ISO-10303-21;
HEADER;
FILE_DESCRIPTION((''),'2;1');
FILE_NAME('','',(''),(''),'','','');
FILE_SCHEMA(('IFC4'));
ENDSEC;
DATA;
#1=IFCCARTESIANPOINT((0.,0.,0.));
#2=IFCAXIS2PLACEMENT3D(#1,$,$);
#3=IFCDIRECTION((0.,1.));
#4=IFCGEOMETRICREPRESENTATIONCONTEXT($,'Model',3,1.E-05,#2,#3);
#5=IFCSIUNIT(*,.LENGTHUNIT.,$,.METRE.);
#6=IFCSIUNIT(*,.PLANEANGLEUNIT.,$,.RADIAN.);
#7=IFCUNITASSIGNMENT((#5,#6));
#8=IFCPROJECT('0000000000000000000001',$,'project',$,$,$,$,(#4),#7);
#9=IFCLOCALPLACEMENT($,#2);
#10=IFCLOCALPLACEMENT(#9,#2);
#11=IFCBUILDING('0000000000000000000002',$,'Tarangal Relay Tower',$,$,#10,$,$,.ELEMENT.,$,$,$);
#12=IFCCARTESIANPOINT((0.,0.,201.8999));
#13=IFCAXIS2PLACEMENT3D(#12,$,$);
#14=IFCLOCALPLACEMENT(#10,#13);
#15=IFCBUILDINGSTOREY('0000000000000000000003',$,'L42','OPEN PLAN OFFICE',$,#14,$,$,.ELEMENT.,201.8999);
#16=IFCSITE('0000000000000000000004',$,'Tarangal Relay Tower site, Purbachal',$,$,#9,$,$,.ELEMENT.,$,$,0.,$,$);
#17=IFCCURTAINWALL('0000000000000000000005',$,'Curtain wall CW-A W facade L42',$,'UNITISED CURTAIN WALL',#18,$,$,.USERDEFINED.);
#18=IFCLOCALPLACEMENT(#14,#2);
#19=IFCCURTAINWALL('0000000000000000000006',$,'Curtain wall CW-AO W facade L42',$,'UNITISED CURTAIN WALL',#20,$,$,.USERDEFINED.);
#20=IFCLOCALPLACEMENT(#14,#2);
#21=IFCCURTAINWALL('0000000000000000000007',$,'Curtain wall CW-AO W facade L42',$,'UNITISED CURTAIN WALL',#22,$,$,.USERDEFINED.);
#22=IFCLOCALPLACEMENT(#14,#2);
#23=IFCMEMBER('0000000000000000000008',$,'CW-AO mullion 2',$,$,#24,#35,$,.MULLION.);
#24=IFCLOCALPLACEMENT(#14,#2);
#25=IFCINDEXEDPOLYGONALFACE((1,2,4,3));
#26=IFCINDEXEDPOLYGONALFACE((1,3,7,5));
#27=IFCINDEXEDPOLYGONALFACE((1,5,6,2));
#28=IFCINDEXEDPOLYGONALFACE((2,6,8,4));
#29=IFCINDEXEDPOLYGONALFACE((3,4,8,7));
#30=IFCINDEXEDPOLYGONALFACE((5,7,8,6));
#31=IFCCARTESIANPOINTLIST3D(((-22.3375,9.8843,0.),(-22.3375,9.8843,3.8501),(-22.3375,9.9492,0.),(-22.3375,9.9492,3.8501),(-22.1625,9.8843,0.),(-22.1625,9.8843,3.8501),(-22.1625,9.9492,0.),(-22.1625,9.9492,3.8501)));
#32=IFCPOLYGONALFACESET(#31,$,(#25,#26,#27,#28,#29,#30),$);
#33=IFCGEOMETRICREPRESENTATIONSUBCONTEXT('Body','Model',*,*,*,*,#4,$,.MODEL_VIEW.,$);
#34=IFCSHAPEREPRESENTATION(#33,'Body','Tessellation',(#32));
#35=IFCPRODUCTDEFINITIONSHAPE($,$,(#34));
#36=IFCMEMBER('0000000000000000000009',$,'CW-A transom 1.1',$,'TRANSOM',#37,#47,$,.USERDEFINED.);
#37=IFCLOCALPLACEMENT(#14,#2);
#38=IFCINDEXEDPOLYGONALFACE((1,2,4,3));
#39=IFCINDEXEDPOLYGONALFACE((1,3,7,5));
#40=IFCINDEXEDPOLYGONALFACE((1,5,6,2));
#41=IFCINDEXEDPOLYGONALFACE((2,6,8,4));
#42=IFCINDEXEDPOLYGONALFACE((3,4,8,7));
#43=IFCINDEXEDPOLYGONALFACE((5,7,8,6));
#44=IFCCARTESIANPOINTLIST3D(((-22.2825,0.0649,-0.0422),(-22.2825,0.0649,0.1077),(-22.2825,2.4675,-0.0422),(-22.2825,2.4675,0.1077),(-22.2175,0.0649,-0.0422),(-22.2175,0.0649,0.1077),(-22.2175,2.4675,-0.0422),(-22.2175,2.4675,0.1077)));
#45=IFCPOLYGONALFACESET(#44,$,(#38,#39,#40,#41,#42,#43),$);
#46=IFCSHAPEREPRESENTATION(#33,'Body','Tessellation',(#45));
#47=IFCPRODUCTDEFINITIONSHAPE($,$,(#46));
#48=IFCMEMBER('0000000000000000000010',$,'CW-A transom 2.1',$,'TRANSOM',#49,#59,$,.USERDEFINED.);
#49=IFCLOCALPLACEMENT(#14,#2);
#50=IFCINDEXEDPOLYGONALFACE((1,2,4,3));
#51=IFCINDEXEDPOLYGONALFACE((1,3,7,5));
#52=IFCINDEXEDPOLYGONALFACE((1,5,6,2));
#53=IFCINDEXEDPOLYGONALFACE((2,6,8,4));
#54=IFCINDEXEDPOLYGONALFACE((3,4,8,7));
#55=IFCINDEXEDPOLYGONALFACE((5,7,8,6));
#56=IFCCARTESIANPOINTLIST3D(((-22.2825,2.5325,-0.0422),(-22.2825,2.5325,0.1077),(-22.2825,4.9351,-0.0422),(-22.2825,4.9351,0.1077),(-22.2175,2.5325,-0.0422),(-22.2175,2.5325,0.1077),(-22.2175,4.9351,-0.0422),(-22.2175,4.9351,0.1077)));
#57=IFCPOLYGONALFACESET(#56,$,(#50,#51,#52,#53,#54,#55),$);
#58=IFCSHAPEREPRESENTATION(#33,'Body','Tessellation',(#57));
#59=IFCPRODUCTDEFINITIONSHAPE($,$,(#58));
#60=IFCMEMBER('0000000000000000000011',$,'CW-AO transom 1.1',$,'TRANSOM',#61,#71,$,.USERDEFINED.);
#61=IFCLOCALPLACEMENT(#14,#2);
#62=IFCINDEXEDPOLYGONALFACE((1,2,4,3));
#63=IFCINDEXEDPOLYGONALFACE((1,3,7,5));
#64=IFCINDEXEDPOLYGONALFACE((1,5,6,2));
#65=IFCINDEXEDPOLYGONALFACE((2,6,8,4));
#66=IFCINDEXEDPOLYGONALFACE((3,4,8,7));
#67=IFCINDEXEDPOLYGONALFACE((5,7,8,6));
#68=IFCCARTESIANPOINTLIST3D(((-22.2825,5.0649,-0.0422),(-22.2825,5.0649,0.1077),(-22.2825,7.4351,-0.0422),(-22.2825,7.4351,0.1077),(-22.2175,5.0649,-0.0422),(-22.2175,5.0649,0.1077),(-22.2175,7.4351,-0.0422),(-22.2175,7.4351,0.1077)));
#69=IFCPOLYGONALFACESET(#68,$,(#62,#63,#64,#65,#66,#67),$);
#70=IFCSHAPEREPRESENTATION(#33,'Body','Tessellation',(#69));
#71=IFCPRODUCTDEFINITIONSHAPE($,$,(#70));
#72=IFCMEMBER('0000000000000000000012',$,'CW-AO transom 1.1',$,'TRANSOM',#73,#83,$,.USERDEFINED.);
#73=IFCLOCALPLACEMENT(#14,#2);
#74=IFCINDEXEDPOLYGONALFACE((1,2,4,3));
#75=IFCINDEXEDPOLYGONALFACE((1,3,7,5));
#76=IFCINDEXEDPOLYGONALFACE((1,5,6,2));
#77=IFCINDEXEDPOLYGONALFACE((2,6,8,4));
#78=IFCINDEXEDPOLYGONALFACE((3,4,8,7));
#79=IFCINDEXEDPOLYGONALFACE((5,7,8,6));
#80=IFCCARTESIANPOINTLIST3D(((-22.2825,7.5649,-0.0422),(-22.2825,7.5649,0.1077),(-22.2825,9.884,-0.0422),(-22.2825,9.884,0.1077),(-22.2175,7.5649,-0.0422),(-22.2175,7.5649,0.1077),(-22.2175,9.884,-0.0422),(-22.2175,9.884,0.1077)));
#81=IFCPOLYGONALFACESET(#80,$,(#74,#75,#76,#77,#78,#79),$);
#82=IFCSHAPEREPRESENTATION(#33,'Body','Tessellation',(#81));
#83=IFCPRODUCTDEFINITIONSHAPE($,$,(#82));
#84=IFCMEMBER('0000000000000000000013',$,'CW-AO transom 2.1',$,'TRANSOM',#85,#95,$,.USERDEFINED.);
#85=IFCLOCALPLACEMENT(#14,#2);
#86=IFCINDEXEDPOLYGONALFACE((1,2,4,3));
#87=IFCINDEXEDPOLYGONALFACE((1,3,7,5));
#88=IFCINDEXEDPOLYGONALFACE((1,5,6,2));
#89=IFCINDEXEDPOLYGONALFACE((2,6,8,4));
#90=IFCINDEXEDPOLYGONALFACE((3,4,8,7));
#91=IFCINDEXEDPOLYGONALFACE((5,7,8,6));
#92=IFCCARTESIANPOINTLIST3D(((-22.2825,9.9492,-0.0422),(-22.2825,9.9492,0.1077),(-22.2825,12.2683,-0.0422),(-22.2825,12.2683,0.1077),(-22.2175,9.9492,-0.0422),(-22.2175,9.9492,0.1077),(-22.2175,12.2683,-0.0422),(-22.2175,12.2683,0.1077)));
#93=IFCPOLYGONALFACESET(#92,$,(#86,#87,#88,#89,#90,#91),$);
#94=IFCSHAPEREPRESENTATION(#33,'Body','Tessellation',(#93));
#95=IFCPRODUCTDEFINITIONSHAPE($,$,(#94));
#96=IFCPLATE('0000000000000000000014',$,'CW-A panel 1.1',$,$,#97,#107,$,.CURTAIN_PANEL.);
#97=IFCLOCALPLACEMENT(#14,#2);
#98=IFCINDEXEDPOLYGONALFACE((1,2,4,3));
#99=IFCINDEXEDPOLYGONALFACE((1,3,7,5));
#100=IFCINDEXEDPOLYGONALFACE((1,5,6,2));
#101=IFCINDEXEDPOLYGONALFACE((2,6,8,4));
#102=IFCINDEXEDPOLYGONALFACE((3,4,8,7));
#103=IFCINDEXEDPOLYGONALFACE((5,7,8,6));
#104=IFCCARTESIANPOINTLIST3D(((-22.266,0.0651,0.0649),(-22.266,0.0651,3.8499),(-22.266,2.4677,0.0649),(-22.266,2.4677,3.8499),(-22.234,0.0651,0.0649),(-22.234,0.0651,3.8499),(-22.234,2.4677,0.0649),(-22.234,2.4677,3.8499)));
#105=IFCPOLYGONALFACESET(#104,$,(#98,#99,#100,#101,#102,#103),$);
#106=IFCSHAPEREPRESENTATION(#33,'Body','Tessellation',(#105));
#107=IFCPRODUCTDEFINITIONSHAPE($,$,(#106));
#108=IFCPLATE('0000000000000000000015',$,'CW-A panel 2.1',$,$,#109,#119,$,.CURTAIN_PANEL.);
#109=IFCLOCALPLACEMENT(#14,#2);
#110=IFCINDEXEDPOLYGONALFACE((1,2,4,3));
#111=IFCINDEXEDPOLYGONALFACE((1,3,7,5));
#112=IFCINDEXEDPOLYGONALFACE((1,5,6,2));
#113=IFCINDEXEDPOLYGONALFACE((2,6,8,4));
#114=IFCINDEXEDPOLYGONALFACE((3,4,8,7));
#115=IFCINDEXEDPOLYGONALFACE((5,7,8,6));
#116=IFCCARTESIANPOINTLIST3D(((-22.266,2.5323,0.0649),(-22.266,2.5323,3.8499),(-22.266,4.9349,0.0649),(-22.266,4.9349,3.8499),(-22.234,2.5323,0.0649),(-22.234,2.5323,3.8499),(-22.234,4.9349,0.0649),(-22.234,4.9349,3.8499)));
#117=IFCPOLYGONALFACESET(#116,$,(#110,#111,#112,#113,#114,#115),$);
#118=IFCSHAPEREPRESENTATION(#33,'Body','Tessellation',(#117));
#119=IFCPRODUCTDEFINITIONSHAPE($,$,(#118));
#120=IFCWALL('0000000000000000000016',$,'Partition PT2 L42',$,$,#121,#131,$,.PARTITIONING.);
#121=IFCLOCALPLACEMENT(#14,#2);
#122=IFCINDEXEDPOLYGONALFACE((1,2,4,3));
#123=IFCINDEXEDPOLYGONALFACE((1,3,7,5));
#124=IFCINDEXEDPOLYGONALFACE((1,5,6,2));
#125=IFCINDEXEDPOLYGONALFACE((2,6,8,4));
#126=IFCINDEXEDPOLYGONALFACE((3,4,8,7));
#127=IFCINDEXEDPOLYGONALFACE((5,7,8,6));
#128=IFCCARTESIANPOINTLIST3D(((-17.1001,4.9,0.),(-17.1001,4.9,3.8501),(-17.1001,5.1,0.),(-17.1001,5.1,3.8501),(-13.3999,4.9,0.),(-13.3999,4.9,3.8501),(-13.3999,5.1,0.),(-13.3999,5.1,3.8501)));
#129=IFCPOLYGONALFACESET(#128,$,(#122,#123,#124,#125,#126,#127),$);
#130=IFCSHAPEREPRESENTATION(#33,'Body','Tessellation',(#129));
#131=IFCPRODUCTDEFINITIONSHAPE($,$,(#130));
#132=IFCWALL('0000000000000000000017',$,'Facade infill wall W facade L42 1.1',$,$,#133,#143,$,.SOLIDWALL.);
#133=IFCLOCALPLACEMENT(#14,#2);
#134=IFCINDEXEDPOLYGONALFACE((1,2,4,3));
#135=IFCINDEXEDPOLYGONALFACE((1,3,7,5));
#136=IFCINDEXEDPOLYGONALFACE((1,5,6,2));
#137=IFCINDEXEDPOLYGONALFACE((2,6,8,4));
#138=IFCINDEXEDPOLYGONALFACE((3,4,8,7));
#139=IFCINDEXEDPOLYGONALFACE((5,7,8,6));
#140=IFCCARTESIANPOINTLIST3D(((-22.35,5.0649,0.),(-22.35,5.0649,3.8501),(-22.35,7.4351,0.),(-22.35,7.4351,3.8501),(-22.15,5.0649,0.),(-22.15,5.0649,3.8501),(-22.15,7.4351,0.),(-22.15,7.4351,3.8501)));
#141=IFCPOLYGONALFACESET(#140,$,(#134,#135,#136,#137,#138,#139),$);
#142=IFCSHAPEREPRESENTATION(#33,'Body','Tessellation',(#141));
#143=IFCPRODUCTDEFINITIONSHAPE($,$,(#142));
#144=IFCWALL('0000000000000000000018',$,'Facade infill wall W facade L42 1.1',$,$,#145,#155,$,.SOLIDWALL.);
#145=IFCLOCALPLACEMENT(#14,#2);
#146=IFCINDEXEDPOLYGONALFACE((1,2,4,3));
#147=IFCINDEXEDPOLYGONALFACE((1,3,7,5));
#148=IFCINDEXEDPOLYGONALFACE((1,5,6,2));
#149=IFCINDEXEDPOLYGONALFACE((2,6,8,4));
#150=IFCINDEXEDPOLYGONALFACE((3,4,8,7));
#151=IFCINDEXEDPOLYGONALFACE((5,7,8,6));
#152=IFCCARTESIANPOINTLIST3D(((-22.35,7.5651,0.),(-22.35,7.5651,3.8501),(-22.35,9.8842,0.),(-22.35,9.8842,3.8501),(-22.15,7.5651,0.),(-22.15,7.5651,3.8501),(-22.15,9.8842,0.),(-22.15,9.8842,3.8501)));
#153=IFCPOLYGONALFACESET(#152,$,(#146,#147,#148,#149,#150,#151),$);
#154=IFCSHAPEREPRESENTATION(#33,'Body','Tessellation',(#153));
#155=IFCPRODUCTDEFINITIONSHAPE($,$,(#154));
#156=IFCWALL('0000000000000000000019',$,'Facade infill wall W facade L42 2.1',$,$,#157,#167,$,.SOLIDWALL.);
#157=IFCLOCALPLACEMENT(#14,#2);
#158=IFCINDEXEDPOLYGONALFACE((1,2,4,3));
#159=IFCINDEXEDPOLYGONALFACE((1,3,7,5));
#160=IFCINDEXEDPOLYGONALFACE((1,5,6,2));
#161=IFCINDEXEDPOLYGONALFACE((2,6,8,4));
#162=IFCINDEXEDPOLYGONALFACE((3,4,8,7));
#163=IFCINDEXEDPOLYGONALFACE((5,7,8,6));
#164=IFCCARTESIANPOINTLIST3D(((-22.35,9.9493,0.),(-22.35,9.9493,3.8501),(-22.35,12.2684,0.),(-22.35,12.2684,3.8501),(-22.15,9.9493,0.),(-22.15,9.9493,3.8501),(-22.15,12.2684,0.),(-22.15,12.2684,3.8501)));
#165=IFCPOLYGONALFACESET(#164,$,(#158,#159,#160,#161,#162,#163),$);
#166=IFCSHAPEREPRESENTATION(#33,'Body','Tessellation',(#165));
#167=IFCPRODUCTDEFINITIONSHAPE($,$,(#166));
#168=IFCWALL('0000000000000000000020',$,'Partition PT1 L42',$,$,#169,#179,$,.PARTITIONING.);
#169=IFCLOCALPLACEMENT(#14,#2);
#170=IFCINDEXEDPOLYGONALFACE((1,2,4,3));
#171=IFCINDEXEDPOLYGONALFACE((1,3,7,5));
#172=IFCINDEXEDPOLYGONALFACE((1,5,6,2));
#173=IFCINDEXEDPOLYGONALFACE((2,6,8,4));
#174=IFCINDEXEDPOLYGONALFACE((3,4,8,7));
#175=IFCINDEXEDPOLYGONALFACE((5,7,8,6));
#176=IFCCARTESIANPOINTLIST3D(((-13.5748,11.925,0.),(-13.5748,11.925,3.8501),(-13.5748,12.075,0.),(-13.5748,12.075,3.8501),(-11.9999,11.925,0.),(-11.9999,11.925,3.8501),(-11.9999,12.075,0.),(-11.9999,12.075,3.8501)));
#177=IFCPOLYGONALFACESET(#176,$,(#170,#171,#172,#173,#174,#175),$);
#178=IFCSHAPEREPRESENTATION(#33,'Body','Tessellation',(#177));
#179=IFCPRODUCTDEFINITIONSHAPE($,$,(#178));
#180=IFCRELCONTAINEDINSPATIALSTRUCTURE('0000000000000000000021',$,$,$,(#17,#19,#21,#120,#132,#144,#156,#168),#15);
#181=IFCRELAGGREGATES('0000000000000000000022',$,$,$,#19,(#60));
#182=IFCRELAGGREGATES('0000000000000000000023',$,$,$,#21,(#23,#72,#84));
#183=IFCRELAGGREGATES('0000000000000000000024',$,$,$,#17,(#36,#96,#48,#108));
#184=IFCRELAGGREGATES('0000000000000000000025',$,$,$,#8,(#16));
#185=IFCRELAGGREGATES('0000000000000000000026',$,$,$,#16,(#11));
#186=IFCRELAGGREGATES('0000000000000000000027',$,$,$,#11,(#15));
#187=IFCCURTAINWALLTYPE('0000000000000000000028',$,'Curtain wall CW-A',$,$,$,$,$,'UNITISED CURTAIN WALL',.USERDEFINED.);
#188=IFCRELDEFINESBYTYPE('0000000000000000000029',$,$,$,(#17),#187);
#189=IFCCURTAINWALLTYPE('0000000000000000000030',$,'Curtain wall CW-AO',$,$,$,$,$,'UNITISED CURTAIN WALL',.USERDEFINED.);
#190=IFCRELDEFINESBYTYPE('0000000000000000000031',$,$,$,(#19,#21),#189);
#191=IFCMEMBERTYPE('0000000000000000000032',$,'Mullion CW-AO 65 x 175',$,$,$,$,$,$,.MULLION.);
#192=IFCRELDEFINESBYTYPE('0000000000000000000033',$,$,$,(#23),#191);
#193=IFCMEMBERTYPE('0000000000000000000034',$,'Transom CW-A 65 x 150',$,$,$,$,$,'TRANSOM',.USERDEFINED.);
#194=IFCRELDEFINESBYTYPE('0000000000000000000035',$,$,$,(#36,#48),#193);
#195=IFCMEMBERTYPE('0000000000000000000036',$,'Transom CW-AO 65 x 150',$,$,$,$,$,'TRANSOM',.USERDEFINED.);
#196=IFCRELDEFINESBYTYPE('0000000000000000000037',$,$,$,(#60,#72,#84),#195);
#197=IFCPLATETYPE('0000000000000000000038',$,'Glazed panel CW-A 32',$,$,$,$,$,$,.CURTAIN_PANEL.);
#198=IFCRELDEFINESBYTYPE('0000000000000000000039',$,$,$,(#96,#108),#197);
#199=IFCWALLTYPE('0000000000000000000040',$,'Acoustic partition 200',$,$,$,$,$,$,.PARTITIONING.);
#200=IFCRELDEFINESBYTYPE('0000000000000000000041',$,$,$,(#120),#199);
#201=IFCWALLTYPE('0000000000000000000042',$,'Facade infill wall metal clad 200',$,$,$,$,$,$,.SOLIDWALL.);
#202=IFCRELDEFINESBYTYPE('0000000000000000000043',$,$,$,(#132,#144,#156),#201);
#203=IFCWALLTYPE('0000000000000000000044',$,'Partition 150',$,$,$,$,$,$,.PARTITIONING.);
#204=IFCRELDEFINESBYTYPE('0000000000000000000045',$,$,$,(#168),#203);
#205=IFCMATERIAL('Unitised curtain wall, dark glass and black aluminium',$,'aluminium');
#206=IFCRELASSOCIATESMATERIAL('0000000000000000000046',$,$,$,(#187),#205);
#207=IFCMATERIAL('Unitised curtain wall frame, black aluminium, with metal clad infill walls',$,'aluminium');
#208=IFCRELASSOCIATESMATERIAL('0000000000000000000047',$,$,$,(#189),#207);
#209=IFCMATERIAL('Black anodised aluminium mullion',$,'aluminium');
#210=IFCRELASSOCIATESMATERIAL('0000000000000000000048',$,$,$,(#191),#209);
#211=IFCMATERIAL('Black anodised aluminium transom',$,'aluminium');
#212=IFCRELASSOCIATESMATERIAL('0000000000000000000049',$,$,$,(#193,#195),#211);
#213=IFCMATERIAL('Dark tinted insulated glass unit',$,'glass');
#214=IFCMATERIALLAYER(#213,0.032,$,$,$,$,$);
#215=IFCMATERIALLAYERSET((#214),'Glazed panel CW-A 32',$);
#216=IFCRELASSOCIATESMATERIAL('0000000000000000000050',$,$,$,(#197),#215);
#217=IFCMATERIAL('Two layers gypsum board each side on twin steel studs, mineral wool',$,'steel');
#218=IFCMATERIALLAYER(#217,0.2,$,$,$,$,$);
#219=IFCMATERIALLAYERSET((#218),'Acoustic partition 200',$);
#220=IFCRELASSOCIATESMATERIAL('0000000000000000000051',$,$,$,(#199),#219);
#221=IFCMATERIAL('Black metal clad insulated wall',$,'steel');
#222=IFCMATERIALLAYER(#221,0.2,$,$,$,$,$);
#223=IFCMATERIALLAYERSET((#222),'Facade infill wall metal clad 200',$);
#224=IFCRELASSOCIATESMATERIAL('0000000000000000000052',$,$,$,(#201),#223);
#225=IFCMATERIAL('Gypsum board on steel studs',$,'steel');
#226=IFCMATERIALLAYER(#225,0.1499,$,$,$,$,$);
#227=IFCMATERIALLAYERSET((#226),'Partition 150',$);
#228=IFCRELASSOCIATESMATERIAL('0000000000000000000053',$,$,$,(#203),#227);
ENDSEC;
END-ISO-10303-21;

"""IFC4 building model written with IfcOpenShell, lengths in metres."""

from ifc_helpers import new_model, si_unit, direction, frame, frame_2d, origin, origin_2d, place, context, subcontext, project, spatial, rectangle, extrude, material, layer, layer_set, material_profile, profile_set, type_object, element, aggregate, save


model = new_model("IFC4")

# Units and contexts
model_context = context("Model", 3, precision=1e-05, world=origin(), true_north=direction((0.0, 1.0)))
body_context = subcontext(model_context, "Body", "Model", "MODEL_VIEW")
ifc_project = project(units=[si_unit("LENGTHUNIT", "METRE"), si_unit("PLANEANGLEUNIT", "RADIAN")], contexts=[model_context])

# Site, building, storey
site_placement = place(None, origin())
site = spatial("IfcSite", under=ifc_project, at=site_placement, Name="Tarangal Relay Tower site, Purbachal", CompositionType="ELEMENT", RefElevation=0.0)
building_placement = place(site_placement, origin())
building = spatial("IfcBuilding", under=site, at=building_placement, Name="Tarangal Relay Tower", CompositionType="ELEMENT")
storey_placement = place(building_placement, frame((0.0, 0.0, 201.8999)))
storey = spatial("IfcBuildingStorey", under=building, at=storey_placement, Name="L42", Description="OPEN PLAN OFFICE", CompositionType="ELEMENT", Elevation=201.8999)

# Curtain walls, member
ifc_material_1 = material(Name="Unitised curtain wall, dark glass and black aluminium", Category="aluminium")
curtain_wall_type_1 = type_object("IfcCurtainWallType", Name="Curtain wall CW-A", ElementType="UNITISED CURTAIN WALL", PredefinedType="USERDEFINED", material=ifc_material_1)
curtain_wall_1_placement = place(storey_placement, origin())
curtain_wall_1 = element("IfcCurtainWall", 1, at=curtain_wall_1_placement, inside=storey, type_object=curtain_wall_type_1, Name="Curtain wall CW-A W facade L42", ObjectType="UNITISED CURTAIN WALL", PredefinedType="USERDEFINED")
ifc_material_2 = material(Name="Black anodised aluminium mullion", Category="aluminium")
ifc_material_3 = material(Name="Unitised curtain wall frame, black aluminium, with metal clad infill walls", Category="aluminium")
curtain_wall_type_2 = type_object("IfcCurtainWallType", Name="Curtain wall CW-AO", ElementType="UNITISED CURTAIN WALL", PredefinedType="USERDEFINED", material=ifc_material_3)
curtain_wall_2_placement = place(storey_placement, origin())
curtain_wall_2 = element("IfcCurtainWall", 2, at=curtain_wall_2_placement, inside=storey, type_object=curtain_wall_type_2, Name="Curtain wall CW-AO W facade L42", ObjectType="UNITISED CURTAIN WALL", PredefinedType="USERDEFINED")
ifc_material_profile_1 = material_profile(ifc_material_2, rectangle(XDim=0.175, YDim=0.0649, at=origin_2d()), Name="CW-AOM 65X175")
ifc_profile_set_1 = profile_set([ifc_material_profile_1], Name="Black anodised aluminium mullion")
member_type_1 = type_object("IfcMemberType", Name="Mullion CW-AO 65 x 175", PredefinedType="MULLION", material=ifc_profile_set_1)
curtain_wall_3_placement = place(storey_placement, origin())
curtain_wall_3 = element("IfcCurtainWall", 3, at=curtain_wall_3_placement, inside=storey, type_object=curtain_wall_type_2, Name="Curtain wall CW-AO W facade L42", ObjectType="UNITISED CURTAIN WALL", PredefinedType="USERDEFINED")
member_1_placement = place(storey_placement, frame((-22.25, 9.9167, 0.0), z_axis=(0.0, 0.0, 1.0), x_axis=(-1.0, 0.0, 0.0)))
member_1 = element("IfcMember", 4, at=member_1_placement, type_object=member_type_1, Name="CW-AO mullion 2", PredefinedType="MULLION", context=body_context, shape_type="SweptSolid", body=[
    extrude(rectangle(XDim=0.175, YDim=0.0649, at=origin_2d()), origin(), (0.0, 0.0, 1.0), 3.8501),
])

# Members
ifc_material_4 = material(Name="Black anodised aluminium transom", Category="aluminium")
ifc_material_profile_2 = material_profile(ifc_material_4, rectangle(XDim=0.0649, YDim=0.1499, at=origin_2d()), Name="CW-AT 65X150")
ifc_profile_set_2 = profile_set([ifc_material_profile_2], Name="Black anodised aluminium transom")
member_type_2 = type_object("IfcMemberType", Name="Transom CW-A 65 x 150", ElementType="TRANSOM", PredefinedType="USERDEFINED", material=ifc_profile_set_2)
member_2_placement = place(storey_placement, frame((-22.25, 0.0649, 0.0327), z_axis=(0.0, 1.0, 0.0), x_axis=(-1.0, 0.0, 0.0)))
member_2 = element("IfcMember", 5, at=member_2_placement, type_object=member_type_2, Name="CW-A transom 1.1", ObjectType="TRANSOM", PredefinedType="USERDEFINED", context=body_context, shape_type="SweptSolid", body=[
    extrude(rectangle(XDim=0.0649, YDim=0.1499, at=origin_2d()), origin(), (0.0, 0.0, 1.0), 2.4026),
])
member_3_placement = place(storey_placement, frame((-22.25, 2.5325, 0.0327), z_axis=(0.0, 1.0, 0.0), x_axis=(-1.0, 0.0, 0.0)))
member_3 = element("IfcMember", 6, at=member_3_placement, type_object=member_type_2, Name="CW-A transom 2.1", ObjectType="TRANSOM", PredefinedType="USERDEFINED", context=body_context, shape_type="SweptSolid", body=[
    extrude(rectangle(XDim=0.0649, YDim=0.1499, at=origin_2d()), origin(), (0.0, 0.0, 1.0), 2.4026),
])
ifc_material_profile_3 = material_profile(ifc_material_4, rectangle(XDim=0.0649, YDim=0.1499, at=origin_2d()), Name="CW-AOT 65X150")
ifc_profile_set_3 = profile_set([ifc_material_profile_3], Name="Black anodised aluminium transom")
member_type_3 = type_object("IfcMemberType", Name="Transom CW-AO 65 x 150", ElementType="TRANSOM", PredefinedType="USERDEFINED", material=ifc_profile_set_3)
member_4_placement = place(storey_placement, frame((-22.25, 5.0649, 0.0327), z_axis=(0.0, 1.0, 0.0), x_axis=(-1.0, 0.0, 0.0)))
member_4 = element("IfcMember", 7, at=member_4_placement, type_object=member_type_3, Name="CW-AO transom 1.1", ObjectType="TRANSOM", PredefinedType="USERDEFINED", context=body_context, shape_type="SweptSolid", body=[
    extrude(rectangle(XDim=0.0649, YDim=0.1499, at=origin_2d()), origin(), (0.0, 0.0, 1.0), 2.3701),
])
aggregate(curtain_wall_2, [member_4])
member_5_placement = place(storey_placement, frame((-22.25, 7.5649, 0.0327), z_axis=(0.0, 1.0, 0.0), x_axis=(-1.0, 0.0, 0.0)))
member_5 = element("IfcMember", 8, at=member_5_placement, type_object=member_type_3, Name="CW-AO transom 1.1", ObjectType="TRANSOM", PredefinedType="USERDEFINED", context=body_context, shape_type="SweptSolid", body=[
    extrude(rectangle(XDim=0.0649, YDim=0.1499, at=origin_2d()), origin(), (0.0, 0.0, 1.0), 2.3191),
])
member_6_placement = place(storey_placement, frame((-22.25, 9.9492, 0.0327), z_axis=(0.0, 1.0, 0.0), x_axis=(-1.0, 0.0, 0.0)))
member_6 = element("IfcMember", 9, at=member_6_placement, type_object=member_type_3, Name="CW-AO transom 2.1", ObjectType="TRANSOM", PredefinedType="USERDEFINED", context=body_context, shape_type="SweptSolid", body=[
    extrude(rectangle(XDim=0.0649, YDim=0.1499, at=origin_2d()), origin(), (0.0, 0.0, 1.0), 2.3191),
])
aggregate(curtain_wall_3, [member_1, member_5, member_6])

# Plates
ifc_material_5 = material(Name="Dark tinted insulated glass unit", Category="glass")
ifc_layer_1 = layer(ifc_material_5, 0.032)
ifc_layer_set_1 = layer_set([ifc_layer_1], Name="Glazed panel CW-A 32")
plate_type = type_object("IfcPlateType", Name="Glazed panel CW-A 32", PredefinedType="CURTAIN_PANEL", material=ifc_layer_set_1)
plate_1_placement = place(storey_placement, frame((-22.25, 1.2664, 0.0649), z_axis=(0.0, 0.0, 1.0), x_axis=(0.0, 1.0, 0.0)))
plate_1 = element("IfcPlate", 10, at=plate_1_placement, type_object=plate_type, Name="CW-A panel 1.1", PredefinedType="CURTAIN_PANEL", context=body_context, shape_type="SweptSolid", body=[
    extrude(rectangle(XDim=2.4026, YDim=0.032, at=origin_2d()), origin(), (0.0, 0.0, 1.0), 3.7849),
])
plate_2_placement = place(storey_placement, frame((-22.25, 3.7336, 0.0649), z_axis=(0.0, 0.0, 1.0), x_axis=(0.0, 1.0, 0.0)))
plate_2 = element("IfcPlate", 11, at=plate_2_placement, type_object=plate_type, Name="CW-A panel 2.1", PredefinedType="CURTAIN_PANEL", context=body_context, shape_type="SweptSolid", body=[
    extrude(rectangle(XDim=2.4026, YDim=0.032, at=origin_2d()), origin(), (0.0, 0.0, 1.0), 3.7849),
])
aggregate(curtain_wall_1, [member_2, plate_1, member_3, plate_2])

# Wall
ifc_material_6 = material(Name="Two layers gypsum board each side on twin steel studs, mineral wool", Category="steel")
ifc_layer_2 = layer(ifc_material_6, 0.2)
ifc_layer_set_2 = layer_set([ifc_layer_2], Name="Acoustic partition 200")
wall_type_1 = type_object("IfcWallType", Name="Acoustic partition 200", PredefinedType="PARTITIONING", material=ifc_layer_set_2)
wall_1_placement = place(storey_placement, frame((-17.1001, 5.0, 0.0), z_axis=(0.0, 0.0, 1.0), x_axis=(1.0, 0.0, 0.0)))
element("IfcWall", 12, at=wall_1_placement, inside=storey, type_object=wall_type_1, Name="Partition PT2 L42", PredefinedType="PARTITIONING", context=body_context, shape_type="SweptSolid", body=[
    extrude(rectangle(XDim=3.7002, YDim=0.2, at=frame_2d((1.8501, 0.0))), origin(), (0.0, 0.0, 1.0), 3.8501),
])

# Walls
ifc_material_7 = material(Name="Black metal clad insulated wall", Category="steel")
ifc_layer_3 = layer(ifc_material_7, 0.2)
ifc_layer_set_3 = layer_set([ifc_layer_3], Name="Facade infill wall metal clad 200")
wall_type_2 = type_object("IfcWallType", Name="Facade infill wall metal clad 200", PredefinedType="SOLIDWALL", material=ifc_layer_set_3)
wall_2_placement = place(storey_placement, frame((-22.25, 5.0649, 0.0), z_axis=(0.0, 0.0, 1.0), x_axis=(0.0, 1.0, 0.0)))
element("IfcWall", 13, at=wall_2_placement, inside=storey, type_object=wall_type_2, Name="Facade infill wall W facade L42 1.1", PredefinedType="SOLIDWALL", context=body_context, shape_type="SweptSolid", body=[
    extrude(rectangle(XDim=2.3701, YDim=0.2, at=frame_2d((1.1851, 0.0))), origin(), (0.0, 0.0, 1.0), 3.8501),
])
for number, where, z_axis, x_axis, name in (
    (14, (-22.25, 7.5649, 0.0), (0.0, 0.0, 1.0), (0.0, 1.0, 0.0), "Facade infill wall W facade L42 1.1"),
    (15, (-22.25, 9.9492, 0.0), (0.0, 0.0, 1.0), (0.0, 1.0, 0.0), "Facade infill wall W facade L42 2.1"),
):
    element("IfcWall", number, at=place(storey_placement, frame(where, z_axis=z_axis, x_axis=x_axis)), inside=storey, type_object=wall_type_2, Name=name, PredefinedType="SOLIDWALL", context=body_context, shape_type="SweptSolid", body=[
        extrude(rectangle(XDim=2.3191, YDim=0.2, at=frame_2d((1.1597, 0.0))), origin(), (0.0, 0.0, 1.0), 3.8501),
    ])
ifc_material_8 = material(Name="Gypsum board on steel studs", Category="steel")
ifc_layer_4 = layer(ifc_material_8, 0.1499)
ifc_layer_set_4 = layer_set([ifc_layer_4], Name="Partition 150")
wall_type_3 = type_object("IfcWallType", Name="Partition 150", PredefinedType="PARTITIONING", material=ifc_layer_set_4)
wall_3_placement = place(storey_placement, frame((-13.575, 12.0, 0.0), z_axis=(0.0, 0.0, 1.0), x_axis=(1.0, 0.0, 0.0)))
element("IfcWall", 16, at=wall_3_placement, inside=storey, type_object=wall_type_3, Name="Partition PT1 L42", PredefinedType="PARTITIONING", context=body_context, shape_type="SweptSolid", body=[
    extrude(rectangle(XDim=1.575, YDim=0.1499, at=frame_2d((0.7876, 0.0))), origin(), (0.0, 0.0, 1.0), 3.8501),
])

save(model, "model.ifc")
